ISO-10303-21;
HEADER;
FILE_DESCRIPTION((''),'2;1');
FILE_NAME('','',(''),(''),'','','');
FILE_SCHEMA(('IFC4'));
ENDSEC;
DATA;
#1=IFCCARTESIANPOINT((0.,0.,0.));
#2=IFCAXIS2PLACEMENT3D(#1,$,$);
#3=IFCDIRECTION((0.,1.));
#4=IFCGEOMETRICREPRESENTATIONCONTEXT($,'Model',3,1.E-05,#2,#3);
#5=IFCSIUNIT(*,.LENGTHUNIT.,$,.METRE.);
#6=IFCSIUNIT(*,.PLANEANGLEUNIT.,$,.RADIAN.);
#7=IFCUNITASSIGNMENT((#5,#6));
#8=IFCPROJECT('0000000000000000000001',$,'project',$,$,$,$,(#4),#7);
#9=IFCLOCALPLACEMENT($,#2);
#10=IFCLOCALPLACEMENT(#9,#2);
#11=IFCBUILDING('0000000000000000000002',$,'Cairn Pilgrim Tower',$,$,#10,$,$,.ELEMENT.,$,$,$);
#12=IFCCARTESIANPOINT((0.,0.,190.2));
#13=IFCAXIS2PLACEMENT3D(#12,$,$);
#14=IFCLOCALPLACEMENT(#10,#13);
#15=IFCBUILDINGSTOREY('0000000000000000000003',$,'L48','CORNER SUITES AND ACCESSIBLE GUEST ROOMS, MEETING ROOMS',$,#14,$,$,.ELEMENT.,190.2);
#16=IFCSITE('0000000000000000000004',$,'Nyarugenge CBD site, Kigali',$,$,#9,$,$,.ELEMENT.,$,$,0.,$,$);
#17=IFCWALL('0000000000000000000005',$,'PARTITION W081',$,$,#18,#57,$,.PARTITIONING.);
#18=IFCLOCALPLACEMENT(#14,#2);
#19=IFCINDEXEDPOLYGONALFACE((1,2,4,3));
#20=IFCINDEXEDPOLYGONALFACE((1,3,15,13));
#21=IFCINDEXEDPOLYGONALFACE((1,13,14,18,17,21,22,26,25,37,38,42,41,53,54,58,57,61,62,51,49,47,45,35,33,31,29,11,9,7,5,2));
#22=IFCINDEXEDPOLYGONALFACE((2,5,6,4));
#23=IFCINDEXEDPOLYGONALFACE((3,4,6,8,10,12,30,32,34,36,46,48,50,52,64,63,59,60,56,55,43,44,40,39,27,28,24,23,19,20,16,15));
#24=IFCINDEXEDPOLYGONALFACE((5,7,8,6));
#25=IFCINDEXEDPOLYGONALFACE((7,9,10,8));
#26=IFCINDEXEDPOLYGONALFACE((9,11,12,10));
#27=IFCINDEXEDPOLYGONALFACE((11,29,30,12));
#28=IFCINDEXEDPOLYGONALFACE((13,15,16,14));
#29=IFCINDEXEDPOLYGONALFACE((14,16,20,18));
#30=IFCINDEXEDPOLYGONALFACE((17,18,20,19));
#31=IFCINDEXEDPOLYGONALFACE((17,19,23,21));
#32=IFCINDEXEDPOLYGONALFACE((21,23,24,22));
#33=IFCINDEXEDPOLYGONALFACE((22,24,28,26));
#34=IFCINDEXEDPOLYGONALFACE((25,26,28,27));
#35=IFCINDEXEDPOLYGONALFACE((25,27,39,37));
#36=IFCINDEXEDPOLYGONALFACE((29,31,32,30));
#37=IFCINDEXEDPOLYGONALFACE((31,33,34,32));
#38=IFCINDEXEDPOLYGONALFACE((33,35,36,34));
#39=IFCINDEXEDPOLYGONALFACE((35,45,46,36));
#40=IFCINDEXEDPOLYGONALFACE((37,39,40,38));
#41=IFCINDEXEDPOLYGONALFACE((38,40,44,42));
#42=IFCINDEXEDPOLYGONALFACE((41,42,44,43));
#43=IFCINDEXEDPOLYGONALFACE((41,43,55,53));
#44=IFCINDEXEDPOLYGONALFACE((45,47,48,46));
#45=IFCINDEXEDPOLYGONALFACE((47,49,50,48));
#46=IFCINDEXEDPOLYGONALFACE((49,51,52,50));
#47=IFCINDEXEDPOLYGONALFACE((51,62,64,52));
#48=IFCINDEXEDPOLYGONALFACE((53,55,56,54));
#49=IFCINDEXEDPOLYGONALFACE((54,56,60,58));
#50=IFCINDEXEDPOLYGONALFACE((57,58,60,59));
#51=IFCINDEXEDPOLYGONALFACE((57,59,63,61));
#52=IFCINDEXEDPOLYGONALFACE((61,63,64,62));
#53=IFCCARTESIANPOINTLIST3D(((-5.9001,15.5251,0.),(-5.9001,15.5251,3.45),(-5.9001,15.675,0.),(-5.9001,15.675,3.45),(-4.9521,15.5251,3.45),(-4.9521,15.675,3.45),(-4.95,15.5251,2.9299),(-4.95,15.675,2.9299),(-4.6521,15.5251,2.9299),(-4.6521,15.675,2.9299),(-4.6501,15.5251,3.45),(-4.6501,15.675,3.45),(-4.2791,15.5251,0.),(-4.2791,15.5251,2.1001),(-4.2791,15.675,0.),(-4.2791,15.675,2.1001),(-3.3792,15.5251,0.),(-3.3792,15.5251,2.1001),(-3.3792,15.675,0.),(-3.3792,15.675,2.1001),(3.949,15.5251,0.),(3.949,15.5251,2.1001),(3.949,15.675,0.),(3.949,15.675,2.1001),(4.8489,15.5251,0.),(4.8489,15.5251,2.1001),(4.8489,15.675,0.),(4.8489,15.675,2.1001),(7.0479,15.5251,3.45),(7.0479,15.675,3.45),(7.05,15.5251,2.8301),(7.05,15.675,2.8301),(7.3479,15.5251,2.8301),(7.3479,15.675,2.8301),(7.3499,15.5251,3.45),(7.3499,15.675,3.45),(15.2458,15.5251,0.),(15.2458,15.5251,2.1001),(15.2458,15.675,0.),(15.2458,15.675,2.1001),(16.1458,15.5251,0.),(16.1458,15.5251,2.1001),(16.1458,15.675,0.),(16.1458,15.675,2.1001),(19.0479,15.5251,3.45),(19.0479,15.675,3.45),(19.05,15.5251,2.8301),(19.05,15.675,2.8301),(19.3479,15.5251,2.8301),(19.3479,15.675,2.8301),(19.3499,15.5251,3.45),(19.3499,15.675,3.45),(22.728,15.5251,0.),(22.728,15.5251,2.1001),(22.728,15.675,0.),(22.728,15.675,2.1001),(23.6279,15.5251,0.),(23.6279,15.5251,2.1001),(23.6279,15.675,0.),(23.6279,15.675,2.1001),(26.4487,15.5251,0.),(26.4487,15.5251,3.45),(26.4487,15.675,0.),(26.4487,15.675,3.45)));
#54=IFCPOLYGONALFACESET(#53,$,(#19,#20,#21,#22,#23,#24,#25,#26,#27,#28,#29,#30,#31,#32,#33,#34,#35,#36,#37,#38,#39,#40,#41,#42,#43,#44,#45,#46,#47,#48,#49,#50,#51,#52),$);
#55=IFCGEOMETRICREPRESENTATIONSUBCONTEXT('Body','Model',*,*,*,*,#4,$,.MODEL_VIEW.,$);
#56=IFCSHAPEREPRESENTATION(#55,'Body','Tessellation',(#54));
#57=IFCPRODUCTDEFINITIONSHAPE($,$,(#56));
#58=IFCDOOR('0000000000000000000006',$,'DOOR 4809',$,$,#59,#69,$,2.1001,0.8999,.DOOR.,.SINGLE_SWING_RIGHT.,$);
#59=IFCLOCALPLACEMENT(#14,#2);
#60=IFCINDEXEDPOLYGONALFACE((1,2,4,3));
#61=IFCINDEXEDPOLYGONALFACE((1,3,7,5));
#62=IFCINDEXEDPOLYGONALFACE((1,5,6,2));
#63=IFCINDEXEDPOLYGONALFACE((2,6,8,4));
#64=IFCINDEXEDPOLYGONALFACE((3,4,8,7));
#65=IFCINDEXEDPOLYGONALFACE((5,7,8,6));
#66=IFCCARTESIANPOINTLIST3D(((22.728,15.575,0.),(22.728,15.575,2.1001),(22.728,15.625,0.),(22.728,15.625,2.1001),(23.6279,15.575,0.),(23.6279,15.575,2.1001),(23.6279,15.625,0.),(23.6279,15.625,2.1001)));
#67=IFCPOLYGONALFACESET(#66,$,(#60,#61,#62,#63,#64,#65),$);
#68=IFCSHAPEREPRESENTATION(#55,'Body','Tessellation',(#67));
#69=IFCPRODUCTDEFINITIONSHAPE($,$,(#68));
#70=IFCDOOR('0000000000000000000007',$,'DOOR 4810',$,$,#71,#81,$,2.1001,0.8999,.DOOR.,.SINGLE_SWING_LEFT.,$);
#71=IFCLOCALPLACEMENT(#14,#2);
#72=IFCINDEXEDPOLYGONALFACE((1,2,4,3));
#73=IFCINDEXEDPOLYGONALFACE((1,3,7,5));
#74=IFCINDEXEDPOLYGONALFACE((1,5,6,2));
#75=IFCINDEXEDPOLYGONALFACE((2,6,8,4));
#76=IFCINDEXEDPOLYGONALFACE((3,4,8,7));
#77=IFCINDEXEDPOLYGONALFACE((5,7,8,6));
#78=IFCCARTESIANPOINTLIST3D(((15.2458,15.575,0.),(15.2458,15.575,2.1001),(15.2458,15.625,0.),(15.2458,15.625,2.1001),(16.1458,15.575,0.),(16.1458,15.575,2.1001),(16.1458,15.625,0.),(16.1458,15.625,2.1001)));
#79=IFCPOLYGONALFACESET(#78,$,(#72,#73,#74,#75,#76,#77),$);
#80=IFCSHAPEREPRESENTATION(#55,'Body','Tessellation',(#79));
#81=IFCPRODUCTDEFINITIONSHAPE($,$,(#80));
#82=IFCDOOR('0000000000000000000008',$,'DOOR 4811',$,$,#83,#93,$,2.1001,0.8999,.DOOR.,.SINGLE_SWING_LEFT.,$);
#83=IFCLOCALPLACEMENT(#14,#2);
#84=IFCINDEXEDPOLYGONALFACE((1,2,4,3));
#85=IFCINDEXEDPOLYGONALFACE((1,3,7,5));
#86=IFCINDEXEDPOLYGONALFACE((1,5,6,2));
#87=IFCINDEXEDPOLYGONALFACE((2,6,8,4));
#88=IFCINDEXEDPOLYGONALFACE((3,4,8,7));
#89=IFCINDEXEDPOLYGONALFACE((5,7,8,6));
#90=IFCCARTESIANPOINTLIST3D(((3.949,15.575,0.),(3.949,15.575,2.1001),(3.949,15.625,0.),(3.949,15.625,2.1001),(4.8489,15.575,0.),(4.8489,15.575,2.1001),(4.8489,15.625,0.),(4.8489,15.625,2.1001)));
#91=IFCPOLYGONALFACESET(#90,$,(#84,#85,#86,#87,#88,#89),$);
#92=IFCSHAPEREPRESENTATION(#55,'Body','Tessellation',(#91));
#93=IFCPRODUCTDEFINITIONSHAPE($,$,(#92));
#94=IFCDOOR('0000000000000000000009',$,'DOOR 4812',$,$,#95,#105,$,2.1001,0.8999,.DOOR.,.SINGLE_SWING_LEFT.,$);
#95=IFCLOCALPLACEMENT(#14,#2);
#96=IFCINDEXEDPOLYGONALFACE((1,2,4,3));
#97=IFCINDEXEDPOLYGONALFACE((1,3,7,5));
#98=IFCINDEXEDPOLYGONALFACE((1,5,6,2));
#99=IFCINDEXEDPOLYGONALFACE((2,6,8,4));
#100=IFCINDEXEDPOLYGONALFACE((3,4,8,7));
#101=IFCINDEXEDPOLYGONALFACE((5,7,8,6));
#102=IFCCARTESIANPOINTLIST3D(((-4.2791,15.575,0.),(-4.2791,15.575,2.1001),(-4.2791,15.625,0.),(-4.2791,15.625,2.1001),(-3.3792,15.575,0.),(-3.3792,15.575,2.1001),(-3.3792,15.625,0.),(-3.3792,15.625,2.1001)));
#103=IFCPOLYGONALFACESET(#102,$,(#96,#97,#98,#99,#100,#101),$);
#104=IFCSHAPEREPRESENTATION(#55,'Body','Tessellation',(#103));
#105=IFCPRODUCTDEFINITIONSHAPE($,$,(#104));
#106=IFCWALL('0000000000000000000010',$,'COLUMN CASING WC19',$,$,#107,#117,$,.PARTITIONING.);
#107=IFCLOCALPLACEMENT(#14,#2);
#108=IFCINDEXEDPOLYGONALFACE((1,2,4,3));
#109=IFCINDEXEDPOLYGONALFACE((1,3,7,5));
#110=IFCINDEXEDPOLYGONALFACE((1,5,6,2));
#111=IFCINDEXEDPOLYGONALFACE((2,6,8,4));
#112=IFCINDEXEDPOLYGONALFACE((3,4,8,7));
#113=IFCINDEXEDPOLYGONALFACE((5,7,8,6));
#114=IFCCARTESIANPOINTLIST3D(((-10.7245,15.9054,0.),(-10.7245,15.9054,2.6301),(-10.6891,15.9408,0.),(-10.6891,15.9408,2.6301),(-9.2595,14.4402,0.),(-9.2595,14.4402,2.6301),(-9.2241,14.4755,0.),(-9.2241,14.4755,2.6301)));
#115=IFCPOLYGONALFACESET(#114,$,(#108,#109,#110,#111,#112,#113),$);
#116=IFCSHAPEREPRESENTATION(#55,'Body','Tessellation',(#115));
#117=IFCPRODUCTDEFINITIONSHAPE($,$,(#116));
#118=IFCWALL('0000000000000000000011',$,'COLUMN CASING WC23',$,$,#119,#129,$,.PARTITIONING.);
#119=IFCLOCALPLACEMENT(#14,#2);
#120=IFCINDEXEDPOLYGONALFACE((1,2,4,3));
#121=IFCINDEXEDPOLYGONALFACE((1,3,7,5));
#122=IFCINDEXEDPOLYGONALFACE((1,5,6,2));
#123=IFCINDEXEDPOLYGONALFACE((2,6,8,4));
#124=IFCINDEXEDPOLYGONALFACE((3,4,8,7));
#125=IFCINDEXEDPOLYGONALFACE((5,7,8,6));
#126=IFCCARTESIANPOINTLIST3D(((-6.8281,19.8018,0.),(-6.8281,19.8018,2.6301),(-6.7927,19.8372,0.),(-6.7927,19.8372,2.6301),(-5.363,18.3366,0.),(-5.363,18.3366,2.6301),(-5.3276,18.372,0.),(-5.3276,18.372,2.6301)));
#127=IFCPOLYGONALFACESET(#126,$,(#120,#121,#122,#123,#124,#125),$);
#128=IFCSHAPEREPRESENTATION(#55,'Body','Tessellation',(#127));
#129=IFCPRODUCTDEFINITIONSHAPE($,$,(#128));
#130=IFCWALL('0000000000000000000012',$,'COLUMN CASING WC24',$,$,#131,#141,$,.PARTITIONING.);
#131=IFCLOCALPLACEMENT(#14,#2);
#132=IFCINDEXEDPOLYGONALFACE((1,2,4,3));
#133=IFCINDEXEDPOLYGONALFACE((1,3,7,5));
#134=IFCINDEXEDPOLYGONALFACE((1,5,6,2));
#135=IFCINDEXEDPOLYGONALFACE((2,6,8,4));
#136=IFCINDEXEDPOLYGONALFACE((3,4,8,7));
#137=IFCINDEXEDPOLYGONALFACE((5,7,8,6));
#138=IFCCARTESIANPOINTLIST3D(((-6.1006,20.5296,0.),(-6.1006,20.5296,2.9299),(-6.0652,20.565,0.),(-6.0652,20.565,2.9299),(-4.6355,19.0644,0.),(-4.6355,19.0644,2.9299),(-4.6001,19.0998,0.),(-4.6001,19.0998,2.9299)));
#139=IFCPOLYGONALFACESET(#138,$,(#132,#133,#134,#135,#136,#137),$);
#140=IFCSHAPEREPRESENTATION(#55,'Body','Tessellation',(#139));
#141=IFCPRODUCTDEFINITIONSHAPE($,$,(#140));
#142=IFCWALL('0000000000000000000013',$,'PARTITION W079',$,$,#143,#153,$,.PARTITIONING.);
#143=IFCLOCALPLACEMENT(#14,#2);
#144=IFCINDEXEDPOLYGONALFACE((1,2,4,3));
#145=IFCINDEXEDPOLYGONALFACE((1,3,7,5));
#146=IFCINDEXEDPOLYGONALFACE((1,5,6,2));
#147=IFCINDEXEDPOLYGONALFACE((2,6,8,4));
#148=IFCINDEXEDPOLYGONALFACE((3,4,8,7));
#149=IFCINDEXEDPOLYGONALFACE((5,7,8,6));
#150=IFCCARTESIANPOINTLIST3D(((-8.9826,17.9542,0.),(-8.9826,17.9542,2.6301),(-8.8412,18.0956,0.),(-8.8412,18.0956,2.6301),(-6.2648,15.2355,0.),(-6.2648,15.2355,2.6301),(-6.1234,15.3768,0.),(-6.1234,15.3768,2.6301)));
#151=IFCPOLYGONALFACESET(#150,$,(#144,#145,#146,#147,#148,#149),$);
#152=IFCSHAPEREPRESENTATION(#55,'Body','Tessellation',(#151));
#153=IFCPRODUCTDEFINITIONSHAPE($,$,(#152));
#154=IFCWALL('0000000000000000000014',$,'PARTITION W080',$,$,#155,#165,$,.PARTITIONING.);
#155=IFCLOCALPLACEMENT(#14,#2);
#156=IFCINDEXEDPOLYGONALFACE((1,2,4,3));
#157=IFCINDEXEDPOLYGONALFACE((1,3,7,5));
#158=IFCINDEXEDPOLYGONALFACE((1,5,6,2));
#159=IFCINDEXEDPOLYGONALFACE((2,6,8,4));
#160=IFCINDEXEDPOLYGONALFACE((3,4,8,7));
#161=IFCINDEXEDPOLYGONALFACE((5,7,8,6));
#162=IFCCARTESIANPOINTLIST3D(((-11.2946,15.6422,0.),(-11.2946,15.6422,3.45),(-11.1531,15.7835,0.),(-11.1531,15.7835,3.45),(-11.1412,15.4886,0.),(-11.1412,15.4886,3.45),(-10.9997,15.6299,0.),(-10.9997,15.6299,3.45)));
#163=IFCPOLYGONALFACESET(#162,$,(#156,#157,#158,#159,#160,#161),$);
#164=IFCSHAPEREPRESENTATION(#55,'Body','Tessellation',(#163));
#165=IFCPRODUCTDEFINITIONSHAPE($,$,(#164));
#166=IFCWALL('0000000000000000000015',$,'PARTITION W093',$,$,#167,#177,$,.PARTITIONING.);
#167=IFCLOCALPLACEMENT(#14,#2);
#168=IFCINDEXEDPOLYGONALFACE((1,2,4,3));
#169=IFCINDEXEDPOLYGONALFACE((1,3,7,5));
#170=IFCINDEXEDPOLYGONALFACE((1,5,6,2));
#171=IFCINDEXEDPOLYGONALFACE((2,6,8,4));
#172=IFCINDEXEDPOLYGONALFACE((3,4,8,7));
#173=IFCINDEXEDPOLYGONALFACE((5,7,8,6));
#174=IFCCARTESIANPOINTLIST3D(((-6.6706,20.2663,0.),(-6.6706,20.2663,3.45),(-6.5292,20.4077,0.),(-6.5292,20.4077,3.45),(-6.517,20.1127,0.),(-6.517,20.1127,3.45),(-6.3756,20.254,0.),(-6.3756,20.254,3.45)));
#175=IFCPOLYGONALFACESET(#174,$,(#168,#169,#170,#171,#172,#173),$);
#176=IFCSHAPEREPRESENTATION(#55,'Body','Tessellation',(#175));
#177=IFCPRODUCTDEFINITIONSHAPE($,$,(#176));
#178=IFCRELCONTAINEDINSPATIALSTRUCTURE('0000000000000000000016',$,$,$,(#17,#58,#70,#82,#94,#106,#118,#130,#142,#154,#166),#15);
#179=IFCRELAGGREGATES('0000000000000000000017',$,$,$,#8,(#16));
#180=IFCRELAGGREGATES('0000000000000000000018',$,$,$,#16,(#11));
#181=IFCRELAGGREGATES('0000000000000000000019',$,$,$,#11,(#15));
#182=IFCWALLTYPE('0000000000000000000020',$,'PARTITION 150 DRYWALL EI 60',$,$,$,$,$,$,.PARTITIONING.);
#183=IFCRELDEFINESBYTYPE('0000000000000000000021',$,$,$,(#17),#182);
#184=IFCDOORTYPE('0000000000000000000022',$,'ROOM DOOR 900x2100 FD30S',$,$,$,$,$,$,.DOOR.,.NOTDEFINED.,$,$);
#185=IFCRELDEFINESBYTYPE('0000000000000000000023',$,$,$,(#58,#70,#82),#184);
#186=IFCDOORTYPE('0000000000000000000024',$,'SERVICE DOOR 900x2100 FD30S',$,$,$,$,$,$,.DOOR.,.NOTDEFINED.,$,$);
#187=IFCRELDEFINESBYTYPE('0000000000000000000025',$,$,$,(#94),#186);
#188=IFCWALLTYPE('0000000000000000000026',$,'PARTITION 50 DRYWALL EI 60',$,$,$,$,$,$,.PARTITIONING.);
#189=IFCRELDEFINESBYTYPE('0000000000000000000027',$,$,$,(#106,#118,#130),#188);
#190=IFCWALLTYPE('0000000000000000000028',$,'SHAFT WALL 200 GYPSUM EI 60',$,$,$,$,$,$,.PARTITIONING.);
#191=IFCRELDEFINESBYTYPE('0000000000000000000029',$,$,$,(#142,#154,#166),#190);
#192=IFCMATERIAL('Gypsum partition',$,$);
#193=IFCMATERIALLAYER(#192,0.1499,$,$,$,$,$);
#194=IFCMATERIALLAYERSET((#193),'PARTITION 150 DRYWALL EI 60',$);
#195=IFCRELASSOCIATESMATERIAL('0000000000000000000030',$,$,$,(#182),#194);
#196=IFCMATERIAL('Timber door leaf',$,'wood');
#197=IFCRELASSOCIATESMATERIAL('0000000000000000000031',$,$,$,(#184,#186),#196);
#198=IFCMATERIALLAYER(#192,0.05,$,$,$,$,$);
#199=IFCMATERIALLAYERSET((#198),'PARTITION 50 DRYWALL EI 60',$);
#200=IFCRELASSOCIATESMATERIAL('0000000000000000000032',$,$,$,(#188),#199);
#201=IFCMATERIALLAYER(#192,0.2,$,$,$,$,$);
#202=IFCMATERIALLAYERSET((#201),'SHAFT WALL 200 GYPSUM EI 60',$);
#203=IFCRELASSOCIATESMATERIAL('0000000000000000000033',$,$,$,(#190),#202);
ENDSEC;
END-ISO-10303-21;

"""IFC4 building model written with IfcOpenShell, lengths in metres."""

from ifc_helpers import new_model, si_unit, direction, frame, frame_2d, origin, place, context, subcontext, project, spatial, polyline, rectangle, outline, extrude, material, layer, layer_set, type_object, element, fill, save


model = new_model("IFC4")

# Units and contexts
model_context = context("Model", 3, precision=1e-05, world=origin(), true_north=direction((0.0, 1.0)))
body_context = subcontext(model_context, "Body", "Model", "MODEL_VIEW")
ifc_project = project(units=[si_unit("LENGTHUNIT", "METRE"), si_unit("PLANEANGLEUNIT", "RADIAN")], contexts=[model_context])

# Site, building, storey
site_placement = place(None, origin())
site = spatial("IfcSite", under=ifc_project, at=site_placement, Name="Nyarugenge CBD site, Kigali", CompositionType="ELEMENT", RefElevation=0.0)
building_placement = place(site_placement, origin())
building = spatial("IfcBuilding", under=site, at=building_placement, Name="Cairn Pilgrim Tower", CompositionType="ELEMENT")
storey_placement = place(building_placement, frame((0.0, 0.0, 190.2)))
storey = spatial("IfcBuildingStorey", under=building, at=storey_placement, Name="L48", Description="CORNER SUITES AND ACCESSIBLE GUEST ROOMS, MEETING ROOMS", CompositionType="ELEMENT", Elevation=190.2)

# Wall, openings, doors
ifc_material_1 = material(Name="Gypsum partition")
ifc_layer_1 = layer(ifc_material_1, 0.1499)
ifc_layer_set_1 = layer_set([ifc_layer_1], Name="PARTITION 150 DRYWALL EI 60")
wall_type_1 = type_object("IfcWallType", Name="PARTITION 150 DRYWALL EI 60", PredefinedType="PARTITIONING", material=ifc_layer_set_1)
wall_1_placement = place(storey_placement, frame((-5.9001, 15.6001, 0.0), z_axis=(0.0, 0.0, 1.0), x_axis=(1.0, 0.0, 0.0)))
wall_1 = element("IfcWall", 1, at=wall_1_placement, inside=storey, type_object=wall_type_1, Name="PARTITION W081", PredefinedType="PARTITIONING", context=body_context, shape_type="SweptSolid", body=[
    extrude(outline(polyline([(0.0, 0.0), (32.3489, 0.0), (32.3489, 3.45), (25.25, 3.45), (25.248, 2.8301), (24.9502, 2.8301), (24.948, 3.45), (13.25, 3.45), (13.248, 2.8301), (12.9502, 2.8301), (12.948, 3.45), (1.25, 3.45), (1.248, 2.9299), (0.9502, 2.9299), (0.948, 3.45), (0.0, 3.45), (0.0, 0.0)])), frame((0.0, 0.075, 0.0), z_axis=(0.0, -1.0, 0.0), x_axis=(1.0, 0.0, 0.0)), (0.0, 0.0, 1.0), 0.1499),
])
opening_1_placement = place(wall_1_placement, frame((28.6282, 0.0, 0.0)))
opening_1 = element("IfcOpeningElement", 2, at=opening_1_placement, cuts=wall_1, PredefinedType="OPENING", context=body_context, shape_type="SweptSolid", body=[
    extrude(rectangle(XDim=0.8999, YDim=2.1001, at=frame_2d((0.45, 1.05))), frame((0.0, 0.085, 0.0), z_axis=(0.0, -1.0, 0.0), x_axis=(1.0, 0.0, 0.0)), (0.0, 0.0, 1.0), 0.1699),
])
opening_2_placement = place(wall_1_placement, frame((21.146, 0.0, 0.0)))
opening_2 = element("IfcOpeningElement", 3, at=opening_2_placement, cuts=wall_1, PredefinedType="OPENING", context=body_context, shape_type="SweptSolid", body=[
    extrude(rectangle(XDim=0.8999, YDim=2.1001, at=frame_2d((0.45, 1.05))), frame((0.0, 0.085, 0.0), z_axis=(0.0, -1.0, 0.0), x_axis=(1.0, 0.0, 0.0)), (0.0, 0.0, 1.0), 0.1699),
])
opening_3_placement = place(wall_1_placement, frame((9.8491, 0.0, 0.0)))
opening_3 = element("IfcOpeningElement", 4, at=opening_3_placement, cuts=wall_1, PredefinedType="OPENING", context=body_context, shape_type="SweptSolid", body=[
    extrude(rectangle(XDim=0.8999, YDim=2.1001, at=frame_2d((0.45, 1.05))), frame((0.0, 0.085, 0.0), z_axis=(0.0, -1.0, 0.0), x_axis=(1.0, 0.0, 0.0)), (0.0, 0.0, 1.0), 0.1699),
])
opening_4_placement = place(wall_1_placement, frame((1.6211, 0.0, 0.0)))
opening_4 = element("IfcOpeningElement", 5, at=opening_4_placement, cuts=wall_1, PredefinedType="OPENING", context=body_context, shape_type="SweptSolid", body=[
    extrude(rectangle(XDim=0.8999, YDim=2.1001, at=frame_2d((0.45, 1.05))), frame((0.0, 0.085, 0.0), z_axis=(0.0, -1.0, 0.0), x_axis=(1.0, 0.0, 0.0)), (0.0, 0.0, 1.0), 0.1699),
])
ifc_material_2 = material(Name="Timber door leaf", Category="wood")
door_type_1 = type_object("IfcDoorType", Name="ROOM DOOR 900x2100 FD30S", OperationType="NOTDEFINED", PredefinedType="DOOR", material=ifc_material_2)
door_1_placement = place(opening_1_placement, origin())
door_1 = element("IfcDoor", 6, at=door_1_placement, inside=storey, type_object=door_type_1, Name="DOOR 4809", OperationType="SINGLE_SWING_RIGHT", OverallHeight=2.1001, OverallWidth=0.8999, PredefinedType="DOOR", context=body_context, shape_type="SweptSolid", body=[
    extrude(rectangle(XDim=0.8999, YDim=2.1001, at=frame_2d((0.45, 1.05))), frame((0.0, 0.0249, 0.0), z_axis=(0.0, -1.0, 0.0), x_axis=(1.0, 0.0, 0.0)), (0.0, 0.0, 1.0), 0.05),
])
fill(opening_1, door_1)
door_2_placement = place(opening_2_placement, origin())
door_2 = element("IfcDoor", 7, at=door_2_placement, inside=storey, type_object=door_type_1, Name="DOOR 4810", OperationType="SINGLE_SWING_LEFT", OverallHeight=2.1001, OverallWidth=0.8999, PredefinedType="DOOR", context=body_context, shape_type="SweptSolid", body=[
    extrude(rectangle(XDim=0.8999, YDim=2.1001, at=frame_2d((0.45, 1.05))), frame((0.0, 0.0249, 0.0), z_axis=(0.0, -1.0, 0.0), x_axis=(1.0, 0.0, 0.0)), (0.0, 0.0, 1.0), 0.05),
])
fill(opening_2, door_2)
door_3_placement = place(opening_3_placement, origin())
door_3 = element("IfcDoor", 8, at=door_3_placement, inside=storey, type_object=door_type_1, Name="DOOR 4811", OperationType="SINGLE_SWING_LEFT", OverallHeight=2.1001, OverallWidth=0.8999, PredefinedType="DOOR", context=body_context, shape_type="SweptSolid", body=[
    extrude(rectangle(XDim=0.8999, YDim=2.1001, at=frame_2d((0.45, 1.05))), frame((0.0, 0.0249, 0.0), z_axis=(0.0, -1.0, 0.0), x_axis=(1.0, 0.0, 0.0)), (0.0, 0.0, 1.0), 0.05),
])
fill(opening_3, door_3)
door_type_2 = type_object("IfcDoorType", Name="SERVICE DOOR 900x2100 FD30S", OperationType="NOTDEFINED", PredefinedType="DOOR", material=ifc_material_2)
door_4_placement = place(opening_4_placement, origin())
door_4 = element("IfcDoor", 9, at=door_4_placement, inside=storey, type_object=door_type_2, Name="DOOR 4812", OperationType="SINGLE_SWING_LEFT", OverallHeight=2.1001, OverallWidth=0.8999, PredefinedType="DOOR", context=body_context, shape_type="SweptSolid", body=[
    extrude(rectangle(XDim=0.8999, YDim=2.1001, at=frame_2d((0.45, 1.05))), frame((0.0, 0.0249, 0.0), z_axis=(0.0, -1.0, 0.0), x_axis=(1.0, 0.0, 0.0)), (0.0, 0.0, 1.0), 0.05),
])
fill(opening_4, door_4)

# Walls
ifc_layer_2 = layer(ifc_material_1, 0.05)
ifc_layer_set_2 = layer_set([ifc_layer_2], Name="PARTITION 50 DRYWALL EI 60")
wall_type_2 = type_object("IfcWallType", Name="PARTITION 50 DRYWALL EI 60", PredefinedType="PARTITIONING", material=ifc_layer_set_2)
for number, where, z_axis, x_axis, name in (
    (10, (-9.2417, 14.4578, 0.0), (0.0, 0.0, 1.0), (-0.707048, 0.707166, 0.0), "COLUMN CASING WC19"),
    (11, (-5.3452, 18.3542, 0.0), (0.0, 0.0, 1.0), (-0.707107, 0.707107, 0.0), "COLUMN CASING WC23"),
):
    element("IfcWall", number, at=place(storey_placement, frame(where, z_axis=z_axis, x_axis=x_axis)), inside=storey, type_object=wall_type_2, Name=name, PredefinedType="PARTITIONING", context=body_context, shape_type="SweptSolid", body=[
        extrude(rectangle(XDim=2.072, YDim=0.05, at=frame_2d((1.0361, 0.0))), origin(), (0.0, 0.0, 1.0), 2.6301),
    ])
wall_2_placement = place(storey_placement, frame((-4.6177, 19.082, 0.0), z_axis=(0.0, 0.0, 1.0), x_axis=(-0.707107, 0.707107, 0.0)))
element("IfcWall", 12, at=wall_2_placement, inside=storey, type_object=wall_type_2, Name="COLUMN CASING WC24", PredefinedType="PARTITIONING", context=body_context, shape_type="SweptSolid", body=[
    extrude(rectangle(XDim=2.072, YDim=0.05, at=frame_2d((1.0361, 0.0))), origin(), (0.0, 0.0, 1.0), 2.9299),
])
ifc_layer_3 = layer(ifc_material_1, 0.2)
ifc_layer_set_3 = layer_set([ifc_layer_3], Name="SHAFT WALL 200 GYPSUM EI 60")
wall_type_3 = type_object("IfcWallType", Name="SHAFT WALL 200 GYPSUM EI 60", PredefinedType="PARTITIONING", material=ifc_layer_set_3)
wall_3_placement = place(storey_placement, frame((-6.1941, 15.3062, 0.0), z_axis=(0.0, 0.0, 1.0), x_axis=(-0.70698, 0.707234, 0.0)))
element("IfcWall", 13, at=wall_3_placement, inside=storey, type_object=wall_type_3, Name="PARTITION W079", PredefinedType="PARTITIONING", context=body_context, shape_type="SweptSolid", body=[
    extrude(rectangle(XDim=3.8442, YDim=0.2, at=frame_2d((1.9221, 0.0))), origin(), (0.0, 0.0, 1.0), 2.6301),
])
wall_4_placement = place(storey_placement, frame((-11.0706, 15.5593, 0.0), z_axis=(0.0, 0.0, 1.0), x_axis=(-0.706544, 0.707669, 0.0)))
element("IfcWall", 14, at=wall_4_placement, inside=storey, type_object=wall_type_3, Name="PARTITION W080", PredefinedType="PARTITIONING", context=body_context, shape_type="SweptSolid", body=[
    extrude(rectangle(XDim=0.217, YDim=0.2, at=frame_2d((0.1084, 0.0))), origin(), (0.0, 0.0, 1.0), 3.45),
])
wall_5_placement = place(storey_placement, frame((-6.4463, 20.1833, 0.0), z_axis=(0.0, 0.0, 1.0), x_axis=(-0.707107, 0.707107, 0.0)))
element("IfcWall", 15, at=wall_5_placement, inside=storey, type_object=wall_type_3, Name="PARTITION W093", PredefinedType="PARTITIONING", context=body_context, shape_type="SweptSolid", body=[
    extrude(rectangle(XDim=0.2173, YDim=0.2, at=frame_2d((0.1086, 0.0))), origin(), (0.0, 0.0, 1.0), 3.45),
])

save(model, "model.ifc")
